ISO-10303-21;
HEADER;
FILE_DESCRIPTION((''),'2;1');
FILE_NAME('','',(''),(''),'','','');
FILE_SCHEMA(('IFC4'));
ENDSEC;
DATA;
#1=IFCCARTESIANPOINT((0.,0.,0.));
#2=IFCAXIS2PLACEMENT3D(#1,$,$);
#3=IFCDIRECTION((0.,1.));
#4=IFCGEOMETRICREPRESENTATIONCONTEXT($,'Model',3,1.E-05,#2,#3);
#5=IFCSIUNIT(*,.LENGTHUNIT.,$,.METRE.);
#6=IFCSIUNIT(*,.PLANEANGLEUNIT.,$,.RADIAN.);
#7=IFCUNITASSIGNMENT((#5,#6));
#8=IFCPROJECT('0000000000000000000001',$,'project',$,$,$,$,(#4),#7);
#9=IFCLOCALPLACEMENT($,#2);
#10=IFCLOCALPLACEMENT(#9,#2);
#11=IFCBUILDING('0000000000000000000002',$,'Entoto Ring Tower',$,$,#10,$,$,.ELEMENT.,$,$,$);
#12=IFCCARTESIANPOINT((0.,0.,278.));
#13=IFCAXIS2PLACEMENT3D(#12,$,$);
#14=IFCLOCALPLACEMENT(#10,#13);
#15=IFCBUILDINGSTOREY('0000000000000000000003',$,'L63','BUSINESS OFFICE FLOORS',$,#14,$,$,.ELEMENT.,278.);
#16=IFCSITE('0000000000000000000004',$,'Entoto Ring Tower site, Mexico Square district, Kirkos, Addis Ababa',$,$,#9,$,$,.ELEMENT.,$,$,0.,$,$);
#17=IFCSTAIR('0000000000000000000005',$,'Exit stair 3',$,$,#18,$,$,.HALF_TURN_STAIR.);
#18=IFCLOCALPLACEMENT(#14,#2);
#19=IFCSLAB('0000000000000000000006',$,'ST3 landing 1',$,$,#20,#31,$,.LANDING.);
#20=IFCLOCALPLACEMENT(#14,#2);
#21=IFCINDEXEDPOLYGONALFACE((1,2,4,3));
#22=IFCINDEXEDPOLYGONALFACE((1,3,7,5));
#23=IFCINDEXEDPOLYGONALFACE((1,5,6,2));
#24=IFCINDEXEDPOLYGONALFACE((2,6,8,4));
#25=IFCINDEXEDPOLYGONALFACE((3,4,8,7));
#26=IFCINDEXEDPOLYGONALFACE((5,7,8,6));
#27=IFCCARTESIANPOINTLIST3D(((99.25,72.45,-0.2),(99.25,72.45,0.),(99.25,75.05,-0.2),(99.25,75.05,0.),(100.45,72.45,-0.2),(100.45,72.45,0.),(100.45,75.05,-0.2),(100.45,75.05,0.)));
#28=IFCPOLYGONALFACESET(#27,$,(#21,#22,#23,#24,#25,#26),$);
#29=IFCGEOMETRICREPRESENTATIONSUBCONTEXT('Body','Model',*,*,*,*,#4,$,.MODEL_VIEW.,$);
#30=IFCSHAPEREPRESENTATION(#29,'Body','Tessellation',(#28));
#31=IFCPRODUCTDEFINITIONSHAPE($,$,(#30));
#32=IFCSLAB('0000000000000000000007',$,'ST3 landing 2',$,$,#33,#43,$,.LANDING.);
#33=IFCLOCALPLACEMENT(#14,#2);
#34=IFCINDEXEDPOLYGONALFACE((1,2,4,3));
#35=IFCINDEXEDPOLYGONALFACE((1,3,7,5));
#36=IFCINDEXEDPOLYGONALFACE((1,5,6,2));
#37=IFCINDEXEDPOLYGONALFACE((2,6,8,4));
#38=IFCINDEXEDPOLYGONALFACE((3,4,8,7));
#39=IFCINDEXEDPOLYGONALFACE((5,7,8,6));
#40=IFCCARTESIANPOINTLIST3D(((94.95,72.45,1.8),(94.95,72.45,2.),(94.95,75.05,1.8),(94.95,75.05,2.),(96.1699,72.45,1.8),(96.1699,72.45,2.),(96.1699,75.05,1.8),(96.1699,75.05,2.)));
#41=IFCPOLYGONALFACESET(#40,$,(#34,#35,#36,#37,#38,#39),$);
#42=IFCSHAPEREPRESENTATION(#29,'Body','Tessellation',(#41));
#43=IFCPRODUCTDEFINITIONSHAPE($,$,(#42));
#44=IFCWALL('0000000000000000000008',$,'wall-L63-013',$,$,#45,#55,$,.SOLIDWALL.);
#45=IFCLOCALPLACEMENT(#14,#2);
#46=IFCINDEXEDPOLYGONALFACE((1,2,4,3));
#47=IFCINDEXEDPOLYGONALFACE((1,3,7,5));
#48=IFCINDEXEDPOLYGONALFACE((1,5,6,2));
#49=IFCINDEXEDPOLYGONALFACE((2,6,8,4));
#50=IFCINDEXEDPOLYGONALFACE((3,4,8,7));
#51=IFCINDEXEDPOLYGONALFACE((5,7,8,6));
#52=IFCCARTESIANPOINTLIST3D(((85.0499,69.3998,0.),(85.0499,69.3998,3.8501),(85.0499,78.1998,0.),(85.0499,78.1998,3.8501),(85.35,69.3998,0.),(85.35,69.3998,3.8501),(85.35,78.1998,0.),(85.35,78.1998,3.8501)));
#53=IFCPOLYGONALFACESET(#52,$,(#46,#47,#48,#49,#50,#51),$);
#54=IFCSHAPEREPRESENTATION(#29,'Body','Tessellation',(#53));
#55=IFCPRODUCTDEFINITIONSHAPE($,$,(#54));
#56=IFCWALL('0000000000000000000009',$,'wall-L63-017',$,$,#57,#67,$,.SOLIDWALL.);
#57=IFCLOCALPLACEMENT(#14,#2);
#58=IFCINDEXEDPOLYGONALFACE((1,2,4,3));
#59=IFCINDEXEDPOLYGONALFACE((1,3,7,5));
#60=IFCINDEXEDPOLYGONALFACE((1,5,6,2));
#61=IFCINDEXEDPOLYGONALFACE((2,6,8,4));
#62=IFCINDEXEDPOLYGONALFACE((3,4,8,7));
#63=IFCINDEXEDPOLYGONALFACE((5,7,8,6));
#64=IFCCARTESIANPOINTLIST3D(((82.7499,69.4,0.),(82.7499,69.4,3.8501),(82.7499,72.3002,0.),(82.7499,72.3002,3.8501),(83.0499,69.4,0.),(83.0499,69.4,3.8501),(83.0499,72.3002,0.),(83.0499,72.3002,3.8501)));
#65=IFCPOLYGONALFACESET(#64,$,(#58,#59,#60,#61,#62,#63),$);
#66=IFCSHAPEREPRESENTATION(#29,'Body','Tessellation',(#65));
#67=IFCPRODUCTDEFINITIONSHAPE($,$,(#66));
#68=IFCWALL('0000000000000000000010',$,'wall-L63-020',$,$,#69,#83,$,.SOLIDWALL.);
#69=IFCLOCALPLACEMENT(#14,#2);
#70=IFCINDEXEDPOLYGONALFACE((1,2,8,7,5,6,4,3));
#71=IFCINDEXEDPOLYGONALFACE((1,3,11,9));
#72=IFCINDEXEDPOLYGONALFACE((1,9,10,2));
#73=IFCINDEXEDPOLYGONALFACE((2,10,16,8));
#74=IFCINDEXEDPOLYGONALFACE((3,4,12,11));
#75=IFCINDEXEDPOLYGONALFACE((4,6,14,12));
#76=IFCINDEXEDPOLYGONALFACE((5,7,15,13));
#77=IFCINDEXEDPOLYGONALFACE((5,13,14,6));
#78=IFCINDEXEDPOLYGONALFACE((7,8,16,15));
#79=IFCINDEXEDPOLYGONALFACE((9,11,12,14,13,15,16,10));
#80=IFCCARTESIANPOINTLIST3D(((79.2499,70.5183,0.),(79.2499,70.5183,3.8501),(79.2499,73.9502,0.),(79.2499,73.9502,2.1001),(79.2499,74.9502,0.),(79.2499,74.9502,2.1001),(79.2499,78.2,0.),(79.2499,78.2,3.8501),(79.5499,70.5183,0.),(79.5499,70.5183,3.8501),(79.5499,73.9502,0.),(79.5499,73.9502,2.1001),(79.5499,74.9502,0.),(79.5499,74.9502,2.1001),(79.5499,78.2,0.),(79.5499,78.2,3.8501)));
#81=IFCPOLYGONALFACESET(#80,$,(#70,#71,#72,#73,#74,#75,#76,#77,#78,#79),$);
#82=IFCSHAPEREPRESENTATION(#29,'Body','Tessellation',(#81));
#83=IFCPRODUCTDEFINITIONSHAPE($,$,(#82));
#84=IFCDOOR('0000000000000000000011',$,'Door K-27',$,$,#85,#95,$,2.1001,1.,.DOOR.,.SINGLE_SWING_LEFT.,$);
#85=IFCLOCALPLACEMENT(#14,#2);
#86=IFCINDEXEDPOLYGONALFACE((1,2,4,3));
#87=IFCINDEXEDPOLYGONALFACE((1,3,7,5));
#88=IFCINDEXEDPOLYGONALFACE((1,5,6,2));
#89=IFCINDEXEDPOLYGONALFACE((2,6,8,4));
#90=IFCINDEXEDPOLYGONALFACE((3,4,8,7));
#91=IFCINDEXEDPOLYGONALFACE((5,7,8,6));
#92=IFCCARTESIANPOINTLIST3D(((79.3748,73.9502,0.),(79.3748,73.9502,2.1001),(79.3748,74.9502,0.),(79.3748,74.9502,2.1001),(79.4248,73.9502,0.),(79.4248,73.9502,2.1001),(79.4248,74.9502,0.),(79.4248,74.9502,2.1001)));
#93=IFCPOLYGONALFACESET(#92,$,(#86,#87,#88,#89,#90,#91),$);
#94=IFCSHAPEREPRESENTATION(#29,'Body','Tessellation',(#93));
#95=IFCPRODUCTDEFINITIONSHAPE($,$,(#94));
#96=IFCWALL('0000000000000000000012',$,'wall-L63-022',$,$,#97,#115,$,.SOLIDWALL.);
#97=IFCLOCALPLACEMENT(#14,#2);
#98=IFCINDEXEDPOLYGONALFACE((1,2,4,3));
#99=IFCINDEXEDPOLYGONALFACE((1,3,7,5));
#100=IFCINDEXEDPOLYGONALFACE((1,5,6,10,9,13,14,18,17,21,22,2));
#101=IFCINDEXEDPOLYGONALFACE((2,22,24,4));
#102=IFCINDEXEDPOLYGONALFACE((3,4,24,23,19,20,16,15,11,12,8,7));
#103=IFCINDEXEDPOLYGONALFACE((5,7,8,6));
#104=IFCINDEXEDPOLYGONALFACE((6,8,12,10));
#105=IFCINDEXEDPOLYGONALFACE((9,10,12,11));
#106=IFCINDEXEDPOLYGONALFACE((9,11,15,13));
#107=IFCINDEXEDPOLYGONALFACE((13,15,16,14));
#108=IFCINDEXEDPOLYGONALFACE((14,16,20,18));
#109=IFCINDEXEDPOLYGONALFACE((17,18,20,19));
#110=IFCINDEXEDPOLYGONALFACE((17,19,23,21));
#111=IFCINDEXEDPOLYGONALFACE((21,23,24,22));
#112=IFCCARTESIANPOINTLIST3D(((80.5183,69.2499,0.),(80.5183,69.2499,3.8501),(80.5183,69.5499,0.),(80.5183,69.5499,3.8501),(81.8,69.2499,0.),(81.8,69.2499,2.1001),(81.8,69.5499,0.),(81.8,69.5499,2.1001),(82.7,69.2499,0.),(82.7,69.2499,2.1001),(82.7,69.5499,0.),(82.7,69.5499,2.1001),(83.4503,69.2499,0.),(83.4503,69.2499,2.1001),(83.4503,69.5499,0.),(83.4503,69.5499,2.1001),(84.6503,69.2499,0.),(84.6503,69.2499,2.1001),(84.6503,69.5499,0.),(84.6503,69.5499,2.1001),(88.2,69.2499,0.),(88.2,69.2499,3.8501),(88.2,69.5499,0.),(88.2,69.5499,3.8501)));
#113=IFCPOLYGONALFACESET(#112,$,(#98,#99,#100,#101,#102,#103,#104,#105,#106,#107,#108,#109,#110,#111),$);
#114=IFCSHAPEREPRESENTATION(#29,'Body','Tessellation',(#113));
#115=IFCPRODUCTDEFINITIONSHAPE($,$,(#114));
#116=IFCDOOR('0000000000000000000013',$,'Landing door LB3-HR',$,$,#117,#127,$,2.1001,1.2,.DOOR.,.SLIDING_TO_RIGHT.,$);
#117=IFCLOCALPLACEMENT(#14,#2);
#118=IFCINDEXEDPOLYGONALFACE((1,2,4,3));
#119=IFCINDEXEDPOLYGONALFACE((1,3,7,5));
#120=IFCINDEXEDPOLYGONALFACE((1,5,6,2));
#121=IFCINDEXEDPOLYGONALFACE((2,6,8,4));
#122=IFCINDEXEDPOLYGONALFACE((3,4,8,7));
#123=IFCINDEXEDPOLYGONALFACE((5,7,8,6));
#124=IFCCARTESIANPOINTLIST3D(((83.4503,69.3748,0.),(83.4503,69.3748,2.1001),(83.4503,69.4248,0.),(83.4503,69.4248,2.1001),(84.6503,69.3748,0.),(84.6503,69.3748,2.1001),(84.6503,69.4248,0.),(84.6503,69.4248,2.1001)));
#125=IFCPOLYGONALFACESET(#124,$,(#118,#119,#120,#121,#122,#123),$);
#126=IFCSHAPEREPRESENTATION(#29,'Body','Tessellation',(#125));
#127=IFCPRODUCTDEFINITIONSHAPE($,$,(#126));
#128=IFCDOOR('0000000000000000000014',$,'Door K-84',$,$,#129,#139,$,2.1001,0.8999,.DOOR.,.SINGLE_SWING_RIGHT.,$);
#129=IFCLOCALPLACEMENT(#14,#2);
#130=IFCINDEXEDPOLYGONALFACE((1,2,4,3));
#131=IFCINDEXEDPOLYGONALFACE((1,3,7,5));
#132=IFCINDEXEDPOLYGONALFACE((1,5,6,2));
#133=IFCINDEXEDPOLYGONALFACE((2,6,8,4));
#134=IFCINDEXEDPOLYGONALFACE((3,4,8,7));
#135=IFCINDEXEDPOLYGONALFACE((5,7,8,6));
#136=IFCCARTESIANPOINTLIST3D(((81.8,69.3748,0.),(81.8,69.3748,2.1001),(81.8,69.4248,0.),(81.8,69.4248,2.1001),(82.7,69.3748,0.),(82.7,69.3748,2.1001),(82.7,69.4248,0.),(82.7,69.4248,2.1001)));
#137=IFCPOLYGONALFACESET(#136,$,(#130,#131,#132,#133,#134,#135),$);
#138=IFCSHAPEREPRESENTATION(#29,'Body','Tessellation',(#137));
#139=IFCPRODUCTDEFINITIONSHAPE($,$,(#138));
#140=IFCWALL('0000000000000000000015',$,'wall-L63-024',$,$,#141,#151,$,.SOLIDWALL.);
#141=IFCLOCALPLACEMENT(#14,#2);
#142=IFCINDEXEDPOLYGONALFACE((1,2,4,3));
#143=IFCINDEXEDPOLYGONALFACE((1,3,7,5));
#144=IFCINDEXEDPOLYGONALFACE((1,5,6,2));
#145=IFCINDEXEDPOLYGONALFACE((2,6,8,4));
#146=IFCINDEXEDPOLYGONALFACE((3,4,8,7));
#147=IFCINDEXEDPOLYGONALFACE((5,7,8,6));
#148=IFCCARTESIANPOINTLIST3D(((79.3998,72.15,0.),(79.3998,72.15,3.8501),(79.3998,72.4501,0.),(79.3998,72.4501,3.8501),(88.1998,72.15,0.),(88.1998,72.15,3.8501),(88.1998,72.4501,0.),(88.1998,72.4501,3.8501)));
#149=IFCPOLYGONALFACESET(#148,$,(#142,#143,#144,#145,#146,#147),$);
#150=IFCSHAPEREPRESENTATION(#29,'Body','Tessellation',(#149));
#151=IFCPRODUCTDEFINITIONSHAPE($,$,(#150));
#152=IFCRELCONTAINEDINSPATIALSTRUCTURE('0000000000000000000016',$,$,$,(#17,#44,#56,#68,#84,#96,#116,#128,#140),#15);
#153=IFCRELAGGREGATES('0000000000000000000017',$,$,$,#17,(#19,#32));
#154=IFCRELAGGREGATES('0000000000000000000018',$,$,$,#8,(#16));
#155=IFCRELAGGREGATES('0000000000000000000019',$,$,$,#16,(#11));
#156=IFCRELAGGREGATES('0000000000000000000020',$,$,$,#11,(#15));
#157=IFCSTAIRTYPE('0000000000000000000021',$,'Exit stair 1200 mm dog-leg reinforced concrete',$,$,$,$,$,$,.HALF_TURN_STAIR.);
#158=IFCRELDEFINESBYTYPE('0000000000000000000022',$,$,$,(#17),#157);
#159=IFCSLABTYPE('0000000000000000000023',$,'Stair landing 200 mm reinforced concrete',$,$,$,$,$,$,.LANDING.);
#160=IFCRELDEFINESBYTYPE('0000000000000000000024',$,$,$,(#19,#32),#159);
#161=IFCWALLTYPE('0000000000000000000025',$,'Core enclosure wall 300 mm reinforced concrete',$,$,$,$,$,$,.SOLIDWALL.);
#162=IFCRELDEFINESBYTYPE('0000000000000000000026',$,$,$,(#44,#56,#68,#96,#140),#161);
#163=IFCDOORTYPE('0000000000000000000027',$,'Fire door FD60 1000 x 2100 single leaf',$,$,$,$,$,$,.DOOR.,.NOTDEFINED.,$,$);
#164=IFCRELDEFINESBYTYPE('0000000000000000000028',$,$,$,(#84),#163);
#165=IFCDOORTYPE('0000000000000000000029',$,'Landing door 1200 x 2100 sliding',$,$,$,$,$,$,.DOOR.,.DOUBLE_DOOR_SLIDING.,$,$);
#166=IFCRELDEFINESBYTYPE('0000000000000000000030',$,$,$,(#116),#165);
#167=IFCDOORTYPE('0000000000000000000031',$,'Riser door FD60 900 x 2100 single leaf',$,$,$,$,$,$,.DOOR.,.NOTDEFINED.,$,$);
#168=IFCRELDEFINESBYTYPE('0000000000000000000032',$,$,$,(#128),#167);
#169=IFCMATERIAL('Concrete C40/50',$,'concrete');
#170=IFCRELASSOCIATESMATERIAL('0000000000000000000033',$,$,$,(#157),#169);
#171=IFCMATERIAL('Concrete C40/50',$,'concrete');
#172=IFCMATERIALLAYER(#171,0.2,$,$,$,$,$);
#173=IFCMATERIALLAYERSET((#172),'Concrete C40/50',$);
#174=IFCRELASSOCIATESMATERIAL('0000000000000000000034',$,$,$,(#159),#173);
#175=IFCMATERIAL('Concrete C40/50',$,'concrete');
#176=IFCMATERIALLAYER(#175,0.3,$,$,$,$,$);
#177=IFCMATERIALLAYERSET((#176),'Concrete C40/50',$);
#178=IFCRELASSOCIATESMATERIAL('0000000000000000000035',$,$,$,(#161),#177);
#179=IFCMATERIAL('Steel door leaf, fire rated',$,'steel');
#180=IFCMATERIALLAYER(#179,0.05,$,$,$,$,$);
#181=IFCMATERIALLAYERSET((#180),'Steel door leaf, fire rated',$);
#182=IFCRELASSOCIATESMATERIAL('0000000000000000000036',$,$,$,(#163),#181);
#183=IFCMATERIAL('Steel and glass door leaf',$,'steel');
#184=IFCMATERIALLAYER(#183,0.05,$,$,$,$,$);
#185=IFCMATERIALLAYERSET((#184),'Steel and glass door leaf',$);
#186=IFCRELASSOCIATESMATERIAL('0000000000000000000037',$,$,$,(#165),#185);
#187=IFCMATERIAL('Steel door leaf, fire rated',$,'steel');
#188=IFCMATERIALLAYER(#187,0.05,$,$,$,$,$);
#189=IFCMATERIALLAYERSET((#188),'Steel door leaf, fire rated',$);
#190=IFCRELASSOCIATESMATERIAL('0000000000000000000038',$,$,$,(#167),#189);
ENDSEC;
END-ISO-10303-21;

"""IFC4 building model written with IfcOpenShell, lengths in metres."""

from ifc_helpers import new_model, si_unit, direction, frame, frame_2d, origin, place, context, subcontext, project, spatial, polyline, rectangle, outline, extrude, material, layer, layer_set, type_object, element, fill, aggregate, save


model = new_model("IFC4")

# Units and contexts
model_context = context("Model", 3, precision=1e-05, world=origin(), true_north=direction((0.0, 1.0)))
body_context = subcontext(model_context, "Body", "Model", "MODEL_VIEW")
ifc_project = project(units=[si_unit("LENGTHUNIT", "METRE"), si_unit("PLANEANGLEUNIT", "RADIAN")], contexts=[model_context])

# Site, building, storey
site_placement = place(None, origin())
site = spatial("IfcSite", under=ifc_project, at=site_placement, Name="Entoto Ring Tower site, Mexico Square district, Kirkos, Addis Ababa", CompositionType="ELEMENT", RefElevation=0.0)
building_placement = place(site_placement, origin())
building = spatial("IfcBuilding", under=site, at=building_placement, Name="Entoto Ring Tower", CompositionType="ELEMENT")
storey_placement = place(building_placement, frame((0.0, 0.0, 278.0)))
storey = spatial("IfcBuildingStorey", under=building, at=storey_placement, Name="L63", Description="BUSINESS OFFICE FLOORS", CompositionType="ELEMENT", Elevation=278.0)

# Shared definitions
ifc_material_1 = material(Name="Concrete C40/50", Category="concrete")
stair_type = type_object("IfcStairType", Name="Exit stair 1200 mm dog-leg reinforced concrete", PredefinedType="HALF_TURN_STAIR", material=ifc_material_1)
ifc_material_2 = material(Name="Concrete C40/50", Category="concrete")
ifc_layer_1 = layer(ifc_material_2, 0.2)
ifc_layer_set_1 = layer_set([ifc_layer_1], Name="Concrete C40/50")
slab_type_1 = type_object("IfcSlabType", Name="Stair landing 200 mm reinforced concrete", PredefinedType="LANDING", material=ifc_layer_set_1)

# Stair, slabs
stair_1_placement = place(storey_placement, origin())
stair_1 = element("IfcStair", 1, at=stair_1_placement, inside=storey, type_object=stair_type, Name="Exit stair 3", PredefinedType="HALF_TURN_STAIR")
slab_1_placement = place(storey_placement, frame((0.0, 0.0, -0.2)))
slab_1 = element("IfcSlab", 2, at=slab_1_placement, type_object=slab_type_1, Name="ST3 landing 1", PredefinedType="LANDING", context=body_context, shape_type="SweptSolid", body=[
    extrude(outline(polyline([(100.45, 72.45), (100.45, 75.05), (99.25, 75.05), (99.25, 72.45), (100.45, 72.45)])), origin(), (0.0, 0.0, 1.0), 0.2),
])
slab_2_placement = place(storey_placement, frame((0.0, 0.0, 1.8)))
slab_2 = element("IfcSlab", 3, at=slab_2_placement, type_object=slab_type_1, Name="ST3 landing 2", PredefinedType="LANDING", context=body_context, shape_type="SweptSolid", body=[
    extrude(outline(polyline([(94.95, 72.45), (96.1699, 72.45), (96.1699, 75.05), (94.95, 75.05), (94.95, 72.45)])), origin(), (0.0, 0.0, 1.0), 0.2),
])
aggregate(stair_1, [slab_1, slab_2])

# Walls
ifc_material_3 = material(Name="Concrete C40/50", Category="concrete")
ifc_layer_2 = layer(ifc_material_3, 0.3)
ifc_layer_set_2 = layer_set([ifc_layer_2], Name="Concrete C40/50")
wall_type_1 = type_object("IfcWallType", Name="Core enclosure wall 300 mm reinforced concrete", PredefinedType="SOLIDWALL", material=ifc_layer_set_2)
wall_1_placement = place(storey_placement, frame((85.2, 69.3999, 0.0), z_axis=(0.0, 0.0, 1.0), x_axis=(0.0, 1.0, 0.0)))
element("IfcWall", 4, at=wall_1_placement, inside=storey, type_object=wall_type_1, Name="wall-L63-013", PredefinedType="SOLIDWALL", context=body_context, shape_type="SweptSolid", body=[
    extrude(rectangle(XDim=8.8, YDim=0.3, at=frame_2d((4.3999, 0.0))), origin(), (0.0, 0.0, 1.0), 3.8501),
])
wall_2_placement = place(storey_placement, frame((82.8999, 69.3999, 0.0), z_axis=(0.0, 0.0, 1.0), x_axis=(0.0, 1.0, 0.0)))
element("IfcWall", 5, at=wall_2_placement, inside=storey, type_object=wall_type_1, Name="wall-L63-017", PredefinedType="SOLIDWALL", context=body_context, shape_type="SweptSolid", body=[
    extrude(rectangle(XDim=2.9001, YDim=0.3, at=frame_2d((1.4502, 0.0))), origin(), (0.0, 0.0, 1.0), 3.8501),
])

# Wall, opening, door
wall_3_placement = place(storey_placement, frame((79.3999, 70.5183, 0.0), z_axis=(0.0, 0.0, 1.0), x_axis=(0.0, 1.0, 0.0)))
wall_3 = element("IfcWall", 6, at=wall_3_placement, inside=storey, type_object=wall_type_1, Name="wall-L63-020", PredefinedType="SOLIDWALL", context=body_context, shape_type="SweptSolid", body=[
    extrude(rectangle(XDim=7.6816, YDim=0.3, at=frame_2d((3.8408, 0.0))), origin(), (0.0, 0.0, 1.0), 3.8501),
])
opening_1_placement = place(wall_3_placement, frame((3.4319, 0.0, 0.0)))
opening_1 = element("IfcOpeningElement", 7, at=opening_1_placement, cuts=wall_3, PredefinedType="OPENING", context=body_context, shape_type="SweptSolid", body=[
    extrude(rectangle(XDim=1.0, YDim=2.1001, at=frame_2d((0.5, 1.05))), frame((0.0, 0.1602, 0.0), z_axis=(0.0, -1.0, 0.0), x_axis=(1.0, 0.0, 0.0)), (0.0, 0.0, 1.0), 0.3201),
])
ifc_material_4 = material(Name="Steel door leaf, fire rated", Category="steel")
ifc_layer_3 = layer(ifc_material_4, 0.05)
ifc_layer_set_3 = layer_set([ifc_layer_3], Name="Steel door leaf, fire rated")
door_type_1 = type_object("IfcDoorType", Name="Fire door FD60 1000 x 2100 single leaf", OperationType="NOTDEFINED", PredefinedType="DOOR", material=ifc_layer_set_3)
door_1_placement = place(opening_1_placement, frame((1.0, 0.0, 0.0), z_axis=(0.0, 0.0, 1.0), x_axis=(-1.0, 0.0, 0.0)))
door_1 = element("IfcDoor", 8, at=door_1_placement, inside=storey, type_object=door_type_1, Name="Door K-27", OperationType="SINGLE_SWING_LEFT", OverallHeight=2.1001, OverallWidth=1.0, PredefinedType="DOOR", context=body_context, shape_type="SweptSolid", body=[
    extrude(rectangle(XDim=1.0, YDim=2.1001, at=frame_2d((0.5, 1.05))), frame((0.0, 0.0249, 0.0), z_axis=(0.0, -1.0, 0.0), x_axis=(1.0, 0.0, 0.0)), (0.0, 0.0, 1.0), 0.05),
])
fill(opening_1, door_1)

# Wall, openings, doors
wall_4_placement = place(storey_placement, frame((80.5183, 69.3999, 0.0), z_axis=(0.0, 0.0, 1.0), x_axis=(1.0, 0.0, 0.0)))
wall_4 = element("IfcWall", 9, at=wall_4_placement, inside=storey, type_object=wall_type_1, Name="wall-L63-022", PredefinedType="SOLIDWALL", context=body_context, shape_type="SweptSolid", body=[
    extrude(rectangle(XDim=7.6816, YDim=0.3, at=frame_2d((3.8408, 0.0))), origin(), (0.0, 0.0, 1.0), 3.8501),
])
opening_2_placement = place(wall_4_placement, frame((2.9319, 0.0, 0.0)))
opening_2 = element("IfcOpeningElement", 10, at=opening_2_placement, cuts=wall_4, PredefinedType="OPENING", context=body_context, shape_type="SweptSolid", body=[
    extrude(rectangle(XDim=1.2, YDim=2.1001, at=frame_2d((0.6001, 1.05))), frame((0.0, 0.1602, 0.0), z_axis=(0.0, -1.0, 0.0), x_axis=(1.0, 0.0, 0.0)), (0.0, 0.0, 1.0), 0.3201),
])
opening_3_placement = place(wall_4_placement, frame((1.2817, 0.0, 0.0)))
opening_3 = element("IfcOpeningElement", 11, at=opening_3_placement, cuts=wall_4, PredefinedType="OPENING", context=body_context, shape_type="SweptSolid", body=[
    extrude(rectangle(XDim=0.8999, YDim=2.1001, at=frame_2d((0.45, 1.05))), frame((0.0, 0.1602, 0.0), z_axis=(0.0, -1.0, 0.0), x_axis=(1.0, 0.0, 0.0)), (0.0, 0.0, 1.0), 0.3201),
])
ifc_material_5 = material(Name="Steel and glass door leaf", Category="steel")
ifc_layer_4 = layer(ifc_material_5, 0.05)
ifc_layer_set_4 = layer_set([ifc_layer_4], Name="Steel and glass door leaf")
door_type_2 = type_object("IfcDoorType", Name="Landing door 1200 x 2100 sliding", OperationType="DOUBLE_DOOR_SLIDING", PredefinedType="DOOR", material=ifc_layer_set_4)
door_2_placement = place(opening_2_placement, origin())
door_2 = element("IfcDoor", 12, at=door_2_placement, inside=storey, type_object=door_type_2, Name="Landing door LB3-HR", OperationType="SLIDING_TO_RIGHT", OverallHeight=2.1001, OverallWidth=1.2, PredefinedType="DOOR", context=body_context, shape_type="SweptSolid", body=[
    extrude(rectangle(XDim=1.2, YDim=2.1001, at=frame_2d((0.6001, 1.05))), frame((0.0, 0.0249, 0.0), z_axis=(0.0, -1.0, 0.0), x_axis=(1.0, 0.0, 0.0)), (0.0, 0.0, 1.0), 0.05),
])
fill(opening_2, door_2)
ifc_material_6 = material(Name="Steel door leaf, fire rated", Category="steel")
ifc_layer_5 = layer(ifc_material_6, 0.05)
ifc_layer_set_5 = layer_set([ifc_layer_5], Name="Steel door leaf, fire rated")
door_type_3 = type_object("IfcDoorType", Name="Riser door FD60 900 x 2100 single leaf", OperationType="NOTDEFINED", PredefinedType="DOOR", material=ifc_layer_set_5)
door_3_placement = place(opening_3_placement, origin())
door_3 = element("IfcDoor", 13, at=door_3_placement, inside=storey, type_object=door_type_3, Name="Door K-84", OperationType="SINGLE_SWING_RIGHT", OverallHeight=2.1001, OverallWidth=0.8999, PredefinedType="DOOR", context=body_context, shape_type="SweptSolid", body=[
    extrude(rectangle(XDim=0.8999, YDim=2.1001, at=frame_2d((0.45, 1.05))), frame((0.0, 0.0249, 0.0), z_axis=(0.0, -1.0, 0.0), x_axis=(1.0, 0.0, 0.0)), (0.0, 0.0, 1.0), 0.05),
])
fill(opening_3, door_3)

# Wall
wall_5_placement = place(storey_placement, frame((79.3999, 72.3, 0.0), z_axis=(0.0, 0.0, 1.0), x_axis=(1.0, 0.0, 0.0)))
element("IfcWall", 14, at=wall_5_placement, inside=storey, type_object=wall_type_1, Name="wall-L63-024", PredefinedType="SOLIDWALL", context=body_context, shape_type="SweptSolid", body=[
    extrude(rectangle(XDim=8.8, YDim=0.3, at=frame_2d((4.3999, 0.0))), origin(), (0.0, 0.0, 1.0), 3.8501),
])

save(model, "model.ifc")
